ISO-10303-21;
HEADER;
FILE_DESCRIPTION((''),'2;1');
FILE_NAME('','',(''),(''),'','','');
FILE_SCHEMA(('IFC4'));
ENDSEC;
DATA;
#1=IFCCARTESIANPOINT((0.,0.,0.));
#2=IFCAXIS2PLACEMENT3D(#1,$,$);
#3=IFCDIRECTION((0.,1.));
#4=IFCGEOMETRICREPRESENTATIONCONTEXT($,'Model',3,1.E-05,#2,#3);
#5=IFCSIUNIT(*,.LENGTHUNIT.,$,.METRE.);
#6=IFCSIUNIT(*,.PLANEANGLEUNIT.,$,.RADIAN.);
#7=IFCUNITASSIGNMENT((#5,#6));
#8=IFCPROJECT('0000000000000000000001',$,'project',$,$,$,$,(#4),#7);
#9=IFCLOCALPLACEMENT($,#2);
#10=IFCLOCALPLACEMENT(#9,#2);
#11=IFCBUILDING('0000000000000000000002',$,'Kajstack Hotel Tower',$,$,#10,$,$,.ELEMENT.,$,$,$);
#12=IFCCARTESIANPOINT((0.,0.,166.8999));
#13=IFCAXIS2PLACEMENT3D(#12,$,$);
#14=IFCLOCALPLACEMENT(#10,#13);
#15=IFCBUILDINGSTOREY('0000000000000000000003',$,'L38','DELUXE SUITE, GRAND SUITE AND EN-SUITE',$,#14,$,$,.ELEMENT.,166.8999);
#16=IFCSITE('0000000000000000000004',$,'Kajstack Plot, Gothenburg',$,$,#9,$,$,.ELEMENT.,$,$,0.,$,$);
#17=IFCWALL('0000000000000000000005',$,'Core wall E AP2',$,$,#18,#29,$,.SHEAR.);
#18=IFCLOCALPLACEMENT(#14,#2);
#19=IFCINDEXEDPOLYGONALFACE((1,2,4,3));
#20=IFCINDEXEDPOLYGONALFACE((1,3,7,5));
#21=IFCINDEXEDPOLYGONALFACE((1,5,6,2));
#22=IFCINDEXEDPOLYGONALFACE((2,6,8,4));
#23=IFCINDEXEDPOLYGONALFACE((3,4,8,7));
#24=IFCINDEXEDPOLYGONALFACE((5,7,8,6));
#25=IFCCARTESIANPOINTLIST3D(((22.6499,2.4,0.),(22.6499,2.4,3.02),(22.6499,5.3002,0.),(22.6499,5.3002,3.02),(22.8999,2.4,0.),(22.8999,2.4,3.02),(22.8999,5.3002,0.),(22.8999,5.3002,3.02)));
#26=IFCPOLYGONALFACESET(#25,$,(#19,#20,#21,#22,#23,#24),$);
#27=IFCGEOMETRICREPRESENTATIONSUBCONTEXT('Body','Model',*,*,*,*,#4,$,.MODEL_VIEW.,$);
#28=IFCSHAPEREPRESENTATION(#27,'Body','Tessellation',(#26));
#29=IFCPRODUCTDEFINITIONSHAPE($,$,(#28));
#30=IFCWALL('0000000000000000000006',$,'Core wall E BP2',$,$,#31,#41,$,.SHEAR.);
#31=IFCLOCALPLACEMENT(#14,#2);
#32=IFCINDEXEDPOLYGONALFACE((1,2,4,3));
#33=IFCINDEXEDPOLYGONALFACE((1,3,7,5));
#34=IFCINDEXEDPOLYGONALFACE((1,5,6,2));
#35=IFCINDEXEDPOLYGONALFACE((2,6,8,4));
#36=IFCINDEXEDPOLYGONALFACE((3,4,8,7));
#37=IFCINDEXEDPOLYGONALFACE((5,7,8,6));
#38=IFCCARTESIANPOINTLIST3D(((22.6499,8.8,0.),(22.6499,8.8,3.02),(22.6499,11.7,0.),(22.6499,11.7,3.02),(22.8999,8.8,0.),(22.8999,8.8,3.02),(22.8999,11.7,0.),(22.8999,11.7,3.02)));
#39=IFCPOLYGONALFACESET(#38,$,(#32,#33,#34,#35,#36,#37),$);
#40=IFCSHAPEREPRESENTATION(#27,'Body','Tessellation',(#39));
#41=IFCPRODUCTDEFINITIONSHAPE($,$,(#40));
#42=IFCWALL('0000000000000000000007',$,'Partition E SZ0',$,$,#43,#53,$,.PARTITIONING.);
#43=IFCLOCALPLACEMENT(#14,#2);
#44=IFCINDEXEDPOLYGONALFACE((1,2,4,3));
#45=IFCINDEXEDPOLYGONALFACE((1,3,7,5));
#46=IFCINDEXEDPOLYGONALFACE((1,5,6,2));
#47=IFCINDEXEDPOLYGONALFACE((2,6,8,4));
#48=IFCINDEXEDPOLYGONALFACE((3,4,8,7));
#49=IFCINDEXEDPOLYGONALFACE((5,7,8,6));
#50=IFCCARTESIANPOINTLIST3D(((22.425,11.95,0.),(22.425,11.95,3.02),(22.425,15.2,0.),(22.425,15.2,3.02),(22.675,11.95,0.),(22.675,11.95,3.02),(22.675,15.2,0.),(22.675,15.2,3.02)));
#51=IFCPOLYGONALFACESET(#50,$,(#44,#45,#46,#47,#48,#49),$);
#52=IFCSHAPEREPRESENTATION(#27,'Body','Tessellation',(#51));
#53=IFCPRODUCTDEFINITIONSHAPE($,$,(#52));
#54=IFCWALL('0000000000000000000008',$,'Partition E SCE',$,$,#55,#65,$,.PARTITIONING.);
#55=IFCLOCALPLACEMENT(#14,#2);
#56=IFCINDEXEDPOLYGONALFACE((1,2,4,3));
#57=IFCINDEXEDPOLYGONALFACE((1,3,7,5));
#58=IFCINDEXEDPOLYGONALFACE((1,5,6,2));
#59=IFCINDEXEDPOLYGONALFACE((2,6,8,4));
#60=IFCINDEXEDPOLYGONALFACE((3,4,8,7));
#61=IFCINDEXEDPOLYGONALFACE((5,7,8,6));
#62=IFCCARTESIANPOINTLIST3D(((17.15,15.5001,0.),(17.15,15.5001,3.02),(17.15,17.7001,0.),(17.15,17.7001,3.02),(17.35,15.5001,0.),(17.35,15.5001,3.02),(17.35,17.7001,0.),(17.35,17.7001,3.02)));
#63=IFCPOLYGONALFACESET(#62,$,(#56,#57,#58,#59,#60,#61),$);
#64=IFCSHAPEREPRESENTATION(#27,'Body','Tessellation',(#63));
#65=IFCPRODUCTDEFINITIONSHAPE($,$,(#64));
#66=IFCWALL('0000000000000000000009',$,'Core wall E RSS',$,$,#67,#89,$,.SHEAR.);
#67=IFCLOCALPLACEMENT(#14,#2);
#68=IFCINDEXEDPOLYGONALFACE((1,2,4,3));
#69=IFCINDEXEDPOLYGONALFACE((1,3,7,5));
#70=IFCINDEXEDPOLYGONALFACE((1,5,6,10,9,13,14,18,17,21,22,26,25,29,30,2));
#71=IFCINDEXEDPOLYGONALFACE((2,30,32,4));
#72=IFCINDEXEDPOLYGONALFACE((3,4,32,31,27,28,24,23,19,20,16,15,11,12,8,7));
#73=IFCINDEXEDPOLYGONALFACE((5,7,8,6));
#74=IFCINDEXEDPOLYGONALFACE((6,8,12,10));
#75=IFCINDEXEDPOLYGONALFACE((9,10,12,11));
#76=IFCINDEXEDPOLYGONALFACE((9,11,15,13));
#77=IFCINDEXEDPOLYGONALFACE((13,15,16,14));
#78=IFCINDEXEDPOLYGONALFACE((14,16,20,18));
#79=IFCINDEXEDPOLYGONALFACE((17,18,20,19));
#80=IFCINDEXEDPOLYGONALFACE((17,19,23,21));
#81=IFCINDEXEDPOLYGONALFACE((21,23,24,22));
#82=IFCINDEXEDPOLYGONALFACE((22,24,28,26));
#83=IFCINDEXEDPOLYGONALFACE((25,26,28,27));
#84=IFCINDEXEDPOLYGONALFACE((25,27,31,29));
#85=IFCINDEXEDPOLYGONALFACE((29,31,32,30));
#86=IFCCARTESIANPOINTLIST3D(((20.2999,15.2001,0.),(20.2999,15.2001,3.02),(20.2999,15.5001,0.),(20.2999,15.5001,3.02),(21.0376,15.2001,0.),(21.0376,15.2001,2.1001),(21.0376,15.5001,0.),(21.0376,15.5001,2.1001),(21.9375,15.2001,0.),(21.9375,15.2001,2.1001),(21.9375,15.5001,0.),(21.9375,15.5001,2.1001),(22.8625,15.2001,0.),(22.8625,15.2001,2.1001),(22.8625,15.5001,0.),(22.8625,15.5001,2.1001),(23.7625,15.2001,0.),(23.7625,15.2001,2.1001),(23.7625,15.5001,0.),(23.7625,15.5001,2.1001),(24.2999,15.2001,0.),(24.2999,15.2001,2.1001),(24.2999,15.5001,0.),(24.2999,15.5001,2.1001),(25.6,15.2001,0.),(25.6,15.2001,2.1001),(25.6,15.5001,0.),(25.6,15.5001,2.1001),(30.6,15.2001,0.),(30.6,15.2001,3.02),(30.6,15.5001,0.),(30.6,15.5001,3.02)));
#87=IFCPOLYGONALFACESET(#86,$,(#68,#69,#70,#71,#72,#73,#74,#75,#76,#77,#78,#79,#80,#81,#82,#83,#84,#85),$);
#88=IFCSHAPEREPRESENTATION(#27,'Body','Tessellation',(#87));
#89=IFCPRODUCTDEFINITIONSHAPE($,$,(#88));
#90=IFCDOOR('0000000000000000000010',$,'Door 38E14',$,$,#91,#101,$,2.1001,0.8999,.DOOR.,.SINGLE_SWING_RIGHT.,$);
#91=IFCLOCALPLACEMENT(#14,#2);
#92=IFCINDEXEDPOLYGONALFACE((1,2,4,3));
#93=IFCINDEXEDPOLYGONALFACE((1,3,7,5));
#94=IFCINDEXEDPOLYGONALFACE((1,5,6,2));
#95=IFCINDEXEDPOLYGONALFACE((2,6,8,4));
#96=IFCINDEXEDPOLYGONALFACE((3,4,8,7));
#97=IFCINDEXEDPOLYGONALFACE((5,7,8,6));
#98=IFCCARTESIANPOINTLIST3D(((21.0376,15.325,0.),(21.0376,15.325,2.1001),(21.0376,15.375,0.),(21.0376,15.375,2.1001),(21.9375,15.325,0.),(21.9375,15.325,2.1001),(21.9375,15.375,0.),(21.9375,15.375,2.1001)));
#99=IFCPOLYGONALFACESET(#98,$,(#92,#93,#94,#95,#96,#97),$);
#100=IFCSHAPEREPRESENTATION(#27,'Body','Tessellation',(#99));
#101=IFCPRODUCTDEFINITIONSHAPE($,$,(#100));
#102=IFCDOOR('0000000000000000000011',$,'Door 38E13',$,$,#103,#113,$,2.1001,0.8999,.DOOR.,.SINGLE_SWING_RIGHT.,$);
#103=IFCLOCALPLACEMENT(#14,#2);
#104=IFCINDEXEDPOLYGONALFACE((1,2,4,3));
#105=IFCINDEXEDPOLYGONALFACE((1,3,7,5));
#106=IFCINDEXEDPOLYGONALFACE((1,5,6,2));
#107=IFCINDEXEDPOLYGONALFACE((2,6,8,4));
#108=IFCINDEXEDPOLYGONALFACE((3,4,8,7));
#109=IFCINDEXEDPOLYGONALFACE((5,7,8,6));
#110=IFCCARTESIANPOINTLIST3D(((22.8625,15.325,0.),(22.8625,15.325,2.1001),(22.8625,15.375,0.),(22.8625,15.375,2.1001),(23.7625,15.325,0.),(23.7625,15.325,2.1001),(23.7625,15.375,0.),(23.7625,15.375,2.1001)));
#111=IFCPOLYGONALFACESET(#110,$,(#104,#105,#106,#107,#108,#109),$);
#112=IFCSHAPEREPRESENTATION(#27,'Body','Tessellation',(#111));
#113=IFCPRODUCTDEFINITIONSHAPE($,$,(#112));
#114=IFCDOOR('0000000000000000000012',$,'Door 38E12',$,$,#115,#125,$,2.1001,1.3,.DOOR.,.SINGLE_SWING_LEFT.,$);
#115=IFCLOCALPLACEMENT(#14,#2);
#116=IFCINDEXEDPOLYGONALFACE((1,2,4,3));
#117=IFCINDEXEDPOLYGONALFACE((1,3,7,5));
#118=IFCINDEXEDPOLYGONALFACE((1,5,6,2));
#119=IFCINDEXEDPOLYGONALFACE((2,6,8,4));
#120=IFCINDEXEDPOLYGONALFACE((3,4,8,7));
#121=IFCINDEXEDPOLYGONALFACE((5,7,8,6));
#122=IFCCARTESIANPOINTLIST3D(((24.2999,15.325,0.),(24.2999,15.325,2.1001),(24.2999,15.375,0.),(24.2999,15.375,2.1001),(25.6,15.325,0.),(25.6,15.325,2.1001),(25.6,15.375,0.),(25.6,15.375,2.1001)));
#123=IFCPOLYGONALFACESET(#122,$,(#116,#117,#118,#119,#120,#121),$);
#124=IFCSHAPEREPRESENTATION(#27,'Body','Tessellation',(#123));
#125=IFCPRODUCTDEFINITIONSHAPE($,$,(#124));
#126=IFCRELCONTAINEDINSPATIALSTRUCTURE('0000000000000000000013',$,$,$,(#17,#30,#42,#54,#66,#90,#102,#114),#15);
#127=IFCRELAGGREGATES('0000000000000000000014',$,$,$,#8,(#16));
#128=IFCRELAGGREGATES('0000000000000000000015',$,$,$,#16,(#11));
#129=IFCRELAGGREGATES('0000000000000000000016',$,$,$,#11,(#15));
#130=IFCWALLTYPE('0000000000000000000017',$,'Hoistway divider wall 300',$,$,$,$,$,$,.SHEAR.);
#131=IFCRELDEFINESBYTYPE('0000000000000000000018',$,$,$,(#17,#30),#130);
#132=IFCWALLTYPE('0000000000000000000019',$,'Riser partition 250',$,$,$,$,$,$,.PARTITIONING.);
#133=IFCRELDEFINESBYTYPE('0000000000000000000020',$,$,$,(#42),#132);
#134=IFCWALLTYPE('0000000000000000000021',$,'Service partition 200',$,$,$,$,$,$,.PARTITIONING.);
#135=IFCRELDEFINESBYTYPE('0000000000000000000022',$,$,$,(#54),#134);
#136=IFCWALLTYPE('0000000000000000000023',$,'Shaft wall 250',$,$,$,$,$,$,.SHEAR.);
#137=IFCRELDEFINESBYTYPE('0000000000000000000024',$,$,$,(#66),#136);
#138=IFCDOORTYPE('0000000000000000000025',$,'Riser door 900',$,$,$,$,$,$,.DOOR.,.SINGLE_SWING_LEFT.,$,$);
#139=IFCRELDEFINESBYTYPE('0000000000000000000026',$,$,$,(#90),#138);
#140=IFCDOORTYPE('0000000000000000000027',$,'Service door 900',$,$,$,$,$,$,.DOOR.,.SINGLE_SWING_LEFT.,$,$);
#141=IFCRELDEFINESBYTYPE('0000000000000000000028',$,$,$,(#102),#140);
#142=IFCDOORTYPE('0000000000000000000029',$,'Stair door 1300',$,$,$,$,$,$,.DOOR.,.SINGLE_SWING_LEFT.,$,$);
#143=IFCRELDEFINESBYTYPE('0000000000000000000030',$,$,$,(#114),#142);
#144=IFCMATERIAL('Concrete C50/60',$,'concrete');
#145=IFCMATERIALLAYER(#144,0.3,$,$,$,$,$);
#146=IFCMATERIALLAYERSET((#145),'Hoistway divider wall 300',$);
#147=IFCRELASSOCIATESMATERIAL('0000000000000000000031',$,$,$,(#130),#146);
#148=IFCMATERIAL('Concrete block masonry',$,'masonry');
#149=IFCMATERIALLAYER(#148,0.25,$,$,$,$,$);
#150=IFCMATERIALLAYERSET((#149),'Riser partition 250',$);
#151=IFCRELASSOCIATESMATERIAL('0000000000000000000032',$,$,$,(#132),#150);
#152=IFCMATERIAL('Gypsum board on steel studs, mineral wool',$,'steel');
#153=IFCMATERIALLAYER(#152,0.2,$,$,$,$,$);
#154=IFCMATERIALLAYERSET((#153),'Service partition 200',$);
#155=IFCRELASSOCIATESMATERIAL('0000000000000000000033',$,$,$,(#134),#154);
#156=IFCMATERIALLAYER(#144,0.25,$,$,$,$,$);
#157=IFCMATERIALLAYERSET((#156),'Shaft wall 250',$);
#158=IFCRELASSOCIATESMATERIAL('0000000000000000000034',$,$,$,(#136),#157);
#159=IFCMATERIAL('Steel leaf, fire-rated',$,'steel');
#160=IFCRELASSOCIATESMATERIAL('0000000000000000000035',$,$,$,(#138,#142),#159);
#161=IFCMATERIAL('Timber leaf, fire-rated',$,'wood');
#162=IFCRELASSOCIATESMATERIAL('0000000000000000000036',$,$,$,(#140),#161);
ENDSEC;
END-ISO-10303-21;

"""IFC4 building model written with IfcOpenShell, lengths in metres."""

from ifc_helpers import new_model, si_unit, direction, frame, frame_2d, origin, place, context, subcontext, project, spatial, rectangle, extrude, material, layer, layer_set, type_object, element, fill, save


model = new_model("IFC4")

# Units and contexts
model_context = context("Model", 3, precision=1e-05, world=origin(), true_north=direction((0.0, 1.0)))
body_context = subcontext(model_context, "Body", "Model", "MODEL_VIEW")
ifc_project = project(units=[si_unit("LENGTHUNIT", "METRE"), si_unit("PLANEANGLEUNIT", "RADIAN")], contexts=[model_context])

# Site, building, storey
site_placement = place(None, origin())
site = spatial("IfcSite", under=ifc_project, at=site_placement, Name="Kajstack Plot, Gothenburg", CompositionType="ELEMENT", RefElevation=0.0)
building_placement = place(site_placement, origin())
building = spatial("IfcBuilding", under=site, at=building_placement, Name="Kajstack Hotel Tower", CompositionType="ELEMENT")
storey_placement = place(building_placement, frame((0.0, 0.0, 166.8999)))
storey = spatial("IfcBuildingStorey", under=building, at=storey_placement, Name="L38", Description="DELUXE SUITE, GRAND SUITE AND EN-SUITE", CompositionType="ELEMENT", Elevation=166.8999)

# Walls
ifc_material_1 = material(Name="Concrete C50/60", Category="concrete")
ifc_layer_1 = layer(ifc_material_1, 0.3)
ifc_layer_set_1 = layer_set([ifc_layer_1], Name="Hoistway divider wall 300")
wall_type_1 = type_object("IfcWallType", Name="Hoistway divider wall 300", PredefinedType="SHEAR", material=ifc_layer_set_1)
wall_1_placement = place(storey_placement, frame((22.7749, 2.3999, 0.0), z_axis=(0.0, 0.0, 1.0), x_axis=(0.0, 1.0, 0.0)))
element("IfcWall", 1, at=wall_1_placement, inside=storey, type_object=wall_type_1, Name="Core wall E AP2", PredefinedType="SHEAR", context=body_context, shape_type="SweptSolid", body=[
    extrude(rectangle(XDim=2.9001, YDim=0.25, at=frame_2d((1.4502, 0.0))), origin(), (0.0, 0.0, 1.0), 3.02),
])
wall_2_placement = place(storey_placement, frame((22.7749, 8.8, 0.0), z_axis=(0.0, 0.0, 1.0), x_axis=(0.0, 1.0, 0.0)))
element("IfcWall", 2, at=wall_2_placement, inside=storey, type_object=wall_type_1, Name="Core wall E BP2", PredefinedType="SHEAR", context=body_context, shape_type="SweptSolid", body=[
    extrude(rectangle(XDim=2.8999, YDim=0.25, at=frame_2d((1.45, 0.0))), origin(), (0.0, 0.0, 1.0), 3.02),
])
ifc_material_2 = material(Name="Concrete block masonry", Category="masonry")
ifc_layer_2 = layer(ifc_material_2, 0.25)
ifc_layer_set_2 = layer_set([ifc_layer_2], Name="Riser partition 250")
wall_type_2 = type_object("IfcWallType", Name="Riser partition 250", PredefinedType="PARTITIONING", material=ifc_layer_set_2)
wall_3_placement = place(storey_placement, frame((22.55, 11.95, 0.0), z_axis=(0.0, 0.0, 1.0), x_axis=(0.0, 1.0, 0.0)))
element("IfcWall", 3, at=wall_3_placement, inside=storey, type_object=wall_type_2, Name="Partition E SZ0", PredefinedType="PARTITIONING", context=body_context, shape_type="SweptSolid", body=[
    extrude(rectangle(XDim=3.25, YDim=0.25, at=frame_2d((1.625, 0.0))), origin(), (0.0, 0.0, 1.0), 3.02),
])
ifc_material_3 = material(Name="Gypsum board on steel studs, mineral wool", Category="steel")
ifc_layer_3 = layer(ifc_material_3, 0.2)
ifc_layer_set_3 = layer_set([ifc_layer_3], Name="Service partition 200")
wall_type_3 = type_object("IfcWallType", Name="Service partition 200", PredefinedType="PARTITIONING", material=ifc_layer_set_3)
wall_4_placement = place(storey_placement, frame((17.25, 15.5, 0.0), z_axis=(0.0, 0.0, 1.0), x_axis=(0.0, 1.0, 0.0)))
element("IfcWall", 4, at=wall_4_placement, inside=storey, type_object=wall_type_3, Name="Partition E SCE", PredefinedType="PARTITIONING", context=body_context, shape_type="SweptSolid", body=[
    extrude(rectangle(XDim=2.2, YDim=0.2, at=frame_2d((1.1001, 0.0))), origin(), (0.0, 0.0, 1.0), 3.02),
])

# Wall, openings, doors
ifc_layer_4 = layer(ifc_material_1, 0.25)
ifc_layer_set_4 = layer_set([ifc_layer_4], Name="Shaft wall 250")
wall_type_4 = type_object("IfcWallType", Name="Shaft wall 250", PredefinedType="SHEAR", material=ifc_layer_set_4)
wall_5_placement = place(storey_placement, frame((20.3, 15.3501, 0.0), z_axis=(0.0, 0.0, 1.0), x_axis=(1.0, 0.0, 0.0)))
wall_5 = element("IfcWall", 5, at=wall_5_placement, inside=storey, type_object=wall_type_4, Name="Core wall E RSS", PredefinedType="SHEAR", context=body_context, shape_type="SweptSolid", body=[
    extrude(rectangle(XDim=10.3, YDim=0.3, at=frame_2d((5.1499, 0.0))), origin(), (0.0, 0.0, 1.0), 3.02),
])
opening_1_placement = place(wall_5_placement, frame((4.0, 0.0, 0.0)))
opening_1 = element("IfcOpeningElement", 6, at=opening_1_placement, cuts=wall_5, PredefinedType="OPENING", context=body_context, shape_type="SweptSolid", body=[
    extrude(rectangle(XDim=1.3, YDim=2.1001, at=frame_2d((0.6499, 1.05))), frame((0.0, 0.1599, 0.0), z_axis=(0.0, -1.0, 0.0), x_axis=(1.0, 0.0, 0.0)), (0.0, 0.0, 1.0), 0.3201),
])
opening_2_placement = place(wall_5_placement, frame((2.5625, 0.0, 0.0)))
opening_2 = element("IfcOpeningElement", 7, at=opening_2_placement, cuts=wall_5, PredefinedType="OPENING", context=body_context, shape_type="SweptSolid", body=[
    extrude(rectangle(XDim=0.8999, YDim=2.1001, at=frame_2d((0.45, 1.05))), frame((0.0, 0.1599, 0.0), z_axis=(0.0, -1.0, 0.0), x_axis=(1.0, 0.0, 0.0)), (0.0, 0.0, 1.0), 0.3201),
])
opening_3_placement = place(wall_5_placement, frame((0.7375, 0.0, 0.0)))
opening_3 = element("IfcOpeningElement", 8, at=opening_3_placement, cuts=wall_5, PredefinedType="OPENING", context=body_context, shape_type="SweptSolid", body=[
    extrude(rectangle(XDim=0.8999, YDim=2.1001, at=frame_2d((0.45, 1.05))), frame((0.0, 0.1599, 0.0), z_axis=(0.0, -1.0, 0.0), x_axis=(1.0, 0.0, 0.0)), (0.0, 0.0, 1.0), 0.3201),
])
ifc_material_4 = material(Name="Steel leaf, fire-rated", Category="steel")
door_type_1 = type_object("IfcDoorType", Name="Riser door 900", OperationType="SINGLE_SWING_LEFT", PredefinedType="DOOR", material=ifc_material_4)
door_1_placement = place(opening_3_placement, origin())
door_1 = element("IfcDoor", 9, at=door_1_placement, inside=storey, type_object=door_type_1, Name="Door 38E14", OperationType="SINGLE_SWING_RIGHT", OverallHeight=2.1001, OverallWidth=0.8999, PredefinedType="DOOR", context=body_context, shape_type="SweptSolid", body=[
    extrude(rectangle(XDim=0.8999, YDim=2.1001, at=frame_2d((0.45, 1.05))), frame((0.0, 0.0249, 0.0), z_axis=(0.0, -1.0, 0.0), x_axis=(1.0, 0.0, 0.0)), (0.0, 0.0, 1.0), 0.05),
])
fill(opening_3, door_1)
ifc_material_5 = material(Name="Timber leaf, fire-rated", Category="wood")
door_type_2 = type_object("IfcDoorType", Name="Service door 900", OperationType="SINGLE_SWING_LEFT", PredefinedType="DOOR", material=ifc_material_5)
door_2_placement = place(opening_2_placement, origin())
door_2 = element("IfcDoor", 10, at=door_2_placement, inside=storey, type_object=door_type_2, Name="Door 38E13", OperationType="SINGLE_SWING_RIGHT", OverallHeight=2.1001, OverallWidth=0.8999, PredefinedType="DOOR", context=body_context, shape_type="SweptSolid", body=[
    extrude(rectangle(XDim=0.8999, YDim=2.1001, at=frame_2d((0.45, 1.05))), frame((0.0, 0.0249, 0.0), z_axis=(0.0, -1.0, 0.0), x_axis=(1.0, 0.0, 0.0)), (0.0, 0.0, 1.0), 0.05),
])
fill(opening_2, door_2)
door_type_3 = type_object("IfcDoorType", Name="Stair door 1300", OperationType="SINGLE_SWING_LEFT", PredefinedType="DOOR", material=ifc_material_4)
door_3_placement = place(opening_1_placement, origin())
door_3 = element("IfcDoor", 11, at=door_3_placement, inside=storey, type_object=door_type_3, Name="Door 38E12", OperationType="SINGLE_SWING_LEFT", OverallHeight=2.1001, OverallWidth=1.3, PredefinedType="DOOR", context=body_context, shape_type="SweptSolid", body=[
    extrude(rectangle(XDim=1.3, YDim=2.1001, at=frame_2d((0.6499, 1.05))), frame((0.0, 0.0249, 0.0), z_axis=(0.0, -1.0, 0.0), x_axis=(1.0, 0.0, 0.0)), (0.0, 0.0, 1.0), 0.05),
])
fill(opening_1, door_3)

save(model, "model.ifc")
